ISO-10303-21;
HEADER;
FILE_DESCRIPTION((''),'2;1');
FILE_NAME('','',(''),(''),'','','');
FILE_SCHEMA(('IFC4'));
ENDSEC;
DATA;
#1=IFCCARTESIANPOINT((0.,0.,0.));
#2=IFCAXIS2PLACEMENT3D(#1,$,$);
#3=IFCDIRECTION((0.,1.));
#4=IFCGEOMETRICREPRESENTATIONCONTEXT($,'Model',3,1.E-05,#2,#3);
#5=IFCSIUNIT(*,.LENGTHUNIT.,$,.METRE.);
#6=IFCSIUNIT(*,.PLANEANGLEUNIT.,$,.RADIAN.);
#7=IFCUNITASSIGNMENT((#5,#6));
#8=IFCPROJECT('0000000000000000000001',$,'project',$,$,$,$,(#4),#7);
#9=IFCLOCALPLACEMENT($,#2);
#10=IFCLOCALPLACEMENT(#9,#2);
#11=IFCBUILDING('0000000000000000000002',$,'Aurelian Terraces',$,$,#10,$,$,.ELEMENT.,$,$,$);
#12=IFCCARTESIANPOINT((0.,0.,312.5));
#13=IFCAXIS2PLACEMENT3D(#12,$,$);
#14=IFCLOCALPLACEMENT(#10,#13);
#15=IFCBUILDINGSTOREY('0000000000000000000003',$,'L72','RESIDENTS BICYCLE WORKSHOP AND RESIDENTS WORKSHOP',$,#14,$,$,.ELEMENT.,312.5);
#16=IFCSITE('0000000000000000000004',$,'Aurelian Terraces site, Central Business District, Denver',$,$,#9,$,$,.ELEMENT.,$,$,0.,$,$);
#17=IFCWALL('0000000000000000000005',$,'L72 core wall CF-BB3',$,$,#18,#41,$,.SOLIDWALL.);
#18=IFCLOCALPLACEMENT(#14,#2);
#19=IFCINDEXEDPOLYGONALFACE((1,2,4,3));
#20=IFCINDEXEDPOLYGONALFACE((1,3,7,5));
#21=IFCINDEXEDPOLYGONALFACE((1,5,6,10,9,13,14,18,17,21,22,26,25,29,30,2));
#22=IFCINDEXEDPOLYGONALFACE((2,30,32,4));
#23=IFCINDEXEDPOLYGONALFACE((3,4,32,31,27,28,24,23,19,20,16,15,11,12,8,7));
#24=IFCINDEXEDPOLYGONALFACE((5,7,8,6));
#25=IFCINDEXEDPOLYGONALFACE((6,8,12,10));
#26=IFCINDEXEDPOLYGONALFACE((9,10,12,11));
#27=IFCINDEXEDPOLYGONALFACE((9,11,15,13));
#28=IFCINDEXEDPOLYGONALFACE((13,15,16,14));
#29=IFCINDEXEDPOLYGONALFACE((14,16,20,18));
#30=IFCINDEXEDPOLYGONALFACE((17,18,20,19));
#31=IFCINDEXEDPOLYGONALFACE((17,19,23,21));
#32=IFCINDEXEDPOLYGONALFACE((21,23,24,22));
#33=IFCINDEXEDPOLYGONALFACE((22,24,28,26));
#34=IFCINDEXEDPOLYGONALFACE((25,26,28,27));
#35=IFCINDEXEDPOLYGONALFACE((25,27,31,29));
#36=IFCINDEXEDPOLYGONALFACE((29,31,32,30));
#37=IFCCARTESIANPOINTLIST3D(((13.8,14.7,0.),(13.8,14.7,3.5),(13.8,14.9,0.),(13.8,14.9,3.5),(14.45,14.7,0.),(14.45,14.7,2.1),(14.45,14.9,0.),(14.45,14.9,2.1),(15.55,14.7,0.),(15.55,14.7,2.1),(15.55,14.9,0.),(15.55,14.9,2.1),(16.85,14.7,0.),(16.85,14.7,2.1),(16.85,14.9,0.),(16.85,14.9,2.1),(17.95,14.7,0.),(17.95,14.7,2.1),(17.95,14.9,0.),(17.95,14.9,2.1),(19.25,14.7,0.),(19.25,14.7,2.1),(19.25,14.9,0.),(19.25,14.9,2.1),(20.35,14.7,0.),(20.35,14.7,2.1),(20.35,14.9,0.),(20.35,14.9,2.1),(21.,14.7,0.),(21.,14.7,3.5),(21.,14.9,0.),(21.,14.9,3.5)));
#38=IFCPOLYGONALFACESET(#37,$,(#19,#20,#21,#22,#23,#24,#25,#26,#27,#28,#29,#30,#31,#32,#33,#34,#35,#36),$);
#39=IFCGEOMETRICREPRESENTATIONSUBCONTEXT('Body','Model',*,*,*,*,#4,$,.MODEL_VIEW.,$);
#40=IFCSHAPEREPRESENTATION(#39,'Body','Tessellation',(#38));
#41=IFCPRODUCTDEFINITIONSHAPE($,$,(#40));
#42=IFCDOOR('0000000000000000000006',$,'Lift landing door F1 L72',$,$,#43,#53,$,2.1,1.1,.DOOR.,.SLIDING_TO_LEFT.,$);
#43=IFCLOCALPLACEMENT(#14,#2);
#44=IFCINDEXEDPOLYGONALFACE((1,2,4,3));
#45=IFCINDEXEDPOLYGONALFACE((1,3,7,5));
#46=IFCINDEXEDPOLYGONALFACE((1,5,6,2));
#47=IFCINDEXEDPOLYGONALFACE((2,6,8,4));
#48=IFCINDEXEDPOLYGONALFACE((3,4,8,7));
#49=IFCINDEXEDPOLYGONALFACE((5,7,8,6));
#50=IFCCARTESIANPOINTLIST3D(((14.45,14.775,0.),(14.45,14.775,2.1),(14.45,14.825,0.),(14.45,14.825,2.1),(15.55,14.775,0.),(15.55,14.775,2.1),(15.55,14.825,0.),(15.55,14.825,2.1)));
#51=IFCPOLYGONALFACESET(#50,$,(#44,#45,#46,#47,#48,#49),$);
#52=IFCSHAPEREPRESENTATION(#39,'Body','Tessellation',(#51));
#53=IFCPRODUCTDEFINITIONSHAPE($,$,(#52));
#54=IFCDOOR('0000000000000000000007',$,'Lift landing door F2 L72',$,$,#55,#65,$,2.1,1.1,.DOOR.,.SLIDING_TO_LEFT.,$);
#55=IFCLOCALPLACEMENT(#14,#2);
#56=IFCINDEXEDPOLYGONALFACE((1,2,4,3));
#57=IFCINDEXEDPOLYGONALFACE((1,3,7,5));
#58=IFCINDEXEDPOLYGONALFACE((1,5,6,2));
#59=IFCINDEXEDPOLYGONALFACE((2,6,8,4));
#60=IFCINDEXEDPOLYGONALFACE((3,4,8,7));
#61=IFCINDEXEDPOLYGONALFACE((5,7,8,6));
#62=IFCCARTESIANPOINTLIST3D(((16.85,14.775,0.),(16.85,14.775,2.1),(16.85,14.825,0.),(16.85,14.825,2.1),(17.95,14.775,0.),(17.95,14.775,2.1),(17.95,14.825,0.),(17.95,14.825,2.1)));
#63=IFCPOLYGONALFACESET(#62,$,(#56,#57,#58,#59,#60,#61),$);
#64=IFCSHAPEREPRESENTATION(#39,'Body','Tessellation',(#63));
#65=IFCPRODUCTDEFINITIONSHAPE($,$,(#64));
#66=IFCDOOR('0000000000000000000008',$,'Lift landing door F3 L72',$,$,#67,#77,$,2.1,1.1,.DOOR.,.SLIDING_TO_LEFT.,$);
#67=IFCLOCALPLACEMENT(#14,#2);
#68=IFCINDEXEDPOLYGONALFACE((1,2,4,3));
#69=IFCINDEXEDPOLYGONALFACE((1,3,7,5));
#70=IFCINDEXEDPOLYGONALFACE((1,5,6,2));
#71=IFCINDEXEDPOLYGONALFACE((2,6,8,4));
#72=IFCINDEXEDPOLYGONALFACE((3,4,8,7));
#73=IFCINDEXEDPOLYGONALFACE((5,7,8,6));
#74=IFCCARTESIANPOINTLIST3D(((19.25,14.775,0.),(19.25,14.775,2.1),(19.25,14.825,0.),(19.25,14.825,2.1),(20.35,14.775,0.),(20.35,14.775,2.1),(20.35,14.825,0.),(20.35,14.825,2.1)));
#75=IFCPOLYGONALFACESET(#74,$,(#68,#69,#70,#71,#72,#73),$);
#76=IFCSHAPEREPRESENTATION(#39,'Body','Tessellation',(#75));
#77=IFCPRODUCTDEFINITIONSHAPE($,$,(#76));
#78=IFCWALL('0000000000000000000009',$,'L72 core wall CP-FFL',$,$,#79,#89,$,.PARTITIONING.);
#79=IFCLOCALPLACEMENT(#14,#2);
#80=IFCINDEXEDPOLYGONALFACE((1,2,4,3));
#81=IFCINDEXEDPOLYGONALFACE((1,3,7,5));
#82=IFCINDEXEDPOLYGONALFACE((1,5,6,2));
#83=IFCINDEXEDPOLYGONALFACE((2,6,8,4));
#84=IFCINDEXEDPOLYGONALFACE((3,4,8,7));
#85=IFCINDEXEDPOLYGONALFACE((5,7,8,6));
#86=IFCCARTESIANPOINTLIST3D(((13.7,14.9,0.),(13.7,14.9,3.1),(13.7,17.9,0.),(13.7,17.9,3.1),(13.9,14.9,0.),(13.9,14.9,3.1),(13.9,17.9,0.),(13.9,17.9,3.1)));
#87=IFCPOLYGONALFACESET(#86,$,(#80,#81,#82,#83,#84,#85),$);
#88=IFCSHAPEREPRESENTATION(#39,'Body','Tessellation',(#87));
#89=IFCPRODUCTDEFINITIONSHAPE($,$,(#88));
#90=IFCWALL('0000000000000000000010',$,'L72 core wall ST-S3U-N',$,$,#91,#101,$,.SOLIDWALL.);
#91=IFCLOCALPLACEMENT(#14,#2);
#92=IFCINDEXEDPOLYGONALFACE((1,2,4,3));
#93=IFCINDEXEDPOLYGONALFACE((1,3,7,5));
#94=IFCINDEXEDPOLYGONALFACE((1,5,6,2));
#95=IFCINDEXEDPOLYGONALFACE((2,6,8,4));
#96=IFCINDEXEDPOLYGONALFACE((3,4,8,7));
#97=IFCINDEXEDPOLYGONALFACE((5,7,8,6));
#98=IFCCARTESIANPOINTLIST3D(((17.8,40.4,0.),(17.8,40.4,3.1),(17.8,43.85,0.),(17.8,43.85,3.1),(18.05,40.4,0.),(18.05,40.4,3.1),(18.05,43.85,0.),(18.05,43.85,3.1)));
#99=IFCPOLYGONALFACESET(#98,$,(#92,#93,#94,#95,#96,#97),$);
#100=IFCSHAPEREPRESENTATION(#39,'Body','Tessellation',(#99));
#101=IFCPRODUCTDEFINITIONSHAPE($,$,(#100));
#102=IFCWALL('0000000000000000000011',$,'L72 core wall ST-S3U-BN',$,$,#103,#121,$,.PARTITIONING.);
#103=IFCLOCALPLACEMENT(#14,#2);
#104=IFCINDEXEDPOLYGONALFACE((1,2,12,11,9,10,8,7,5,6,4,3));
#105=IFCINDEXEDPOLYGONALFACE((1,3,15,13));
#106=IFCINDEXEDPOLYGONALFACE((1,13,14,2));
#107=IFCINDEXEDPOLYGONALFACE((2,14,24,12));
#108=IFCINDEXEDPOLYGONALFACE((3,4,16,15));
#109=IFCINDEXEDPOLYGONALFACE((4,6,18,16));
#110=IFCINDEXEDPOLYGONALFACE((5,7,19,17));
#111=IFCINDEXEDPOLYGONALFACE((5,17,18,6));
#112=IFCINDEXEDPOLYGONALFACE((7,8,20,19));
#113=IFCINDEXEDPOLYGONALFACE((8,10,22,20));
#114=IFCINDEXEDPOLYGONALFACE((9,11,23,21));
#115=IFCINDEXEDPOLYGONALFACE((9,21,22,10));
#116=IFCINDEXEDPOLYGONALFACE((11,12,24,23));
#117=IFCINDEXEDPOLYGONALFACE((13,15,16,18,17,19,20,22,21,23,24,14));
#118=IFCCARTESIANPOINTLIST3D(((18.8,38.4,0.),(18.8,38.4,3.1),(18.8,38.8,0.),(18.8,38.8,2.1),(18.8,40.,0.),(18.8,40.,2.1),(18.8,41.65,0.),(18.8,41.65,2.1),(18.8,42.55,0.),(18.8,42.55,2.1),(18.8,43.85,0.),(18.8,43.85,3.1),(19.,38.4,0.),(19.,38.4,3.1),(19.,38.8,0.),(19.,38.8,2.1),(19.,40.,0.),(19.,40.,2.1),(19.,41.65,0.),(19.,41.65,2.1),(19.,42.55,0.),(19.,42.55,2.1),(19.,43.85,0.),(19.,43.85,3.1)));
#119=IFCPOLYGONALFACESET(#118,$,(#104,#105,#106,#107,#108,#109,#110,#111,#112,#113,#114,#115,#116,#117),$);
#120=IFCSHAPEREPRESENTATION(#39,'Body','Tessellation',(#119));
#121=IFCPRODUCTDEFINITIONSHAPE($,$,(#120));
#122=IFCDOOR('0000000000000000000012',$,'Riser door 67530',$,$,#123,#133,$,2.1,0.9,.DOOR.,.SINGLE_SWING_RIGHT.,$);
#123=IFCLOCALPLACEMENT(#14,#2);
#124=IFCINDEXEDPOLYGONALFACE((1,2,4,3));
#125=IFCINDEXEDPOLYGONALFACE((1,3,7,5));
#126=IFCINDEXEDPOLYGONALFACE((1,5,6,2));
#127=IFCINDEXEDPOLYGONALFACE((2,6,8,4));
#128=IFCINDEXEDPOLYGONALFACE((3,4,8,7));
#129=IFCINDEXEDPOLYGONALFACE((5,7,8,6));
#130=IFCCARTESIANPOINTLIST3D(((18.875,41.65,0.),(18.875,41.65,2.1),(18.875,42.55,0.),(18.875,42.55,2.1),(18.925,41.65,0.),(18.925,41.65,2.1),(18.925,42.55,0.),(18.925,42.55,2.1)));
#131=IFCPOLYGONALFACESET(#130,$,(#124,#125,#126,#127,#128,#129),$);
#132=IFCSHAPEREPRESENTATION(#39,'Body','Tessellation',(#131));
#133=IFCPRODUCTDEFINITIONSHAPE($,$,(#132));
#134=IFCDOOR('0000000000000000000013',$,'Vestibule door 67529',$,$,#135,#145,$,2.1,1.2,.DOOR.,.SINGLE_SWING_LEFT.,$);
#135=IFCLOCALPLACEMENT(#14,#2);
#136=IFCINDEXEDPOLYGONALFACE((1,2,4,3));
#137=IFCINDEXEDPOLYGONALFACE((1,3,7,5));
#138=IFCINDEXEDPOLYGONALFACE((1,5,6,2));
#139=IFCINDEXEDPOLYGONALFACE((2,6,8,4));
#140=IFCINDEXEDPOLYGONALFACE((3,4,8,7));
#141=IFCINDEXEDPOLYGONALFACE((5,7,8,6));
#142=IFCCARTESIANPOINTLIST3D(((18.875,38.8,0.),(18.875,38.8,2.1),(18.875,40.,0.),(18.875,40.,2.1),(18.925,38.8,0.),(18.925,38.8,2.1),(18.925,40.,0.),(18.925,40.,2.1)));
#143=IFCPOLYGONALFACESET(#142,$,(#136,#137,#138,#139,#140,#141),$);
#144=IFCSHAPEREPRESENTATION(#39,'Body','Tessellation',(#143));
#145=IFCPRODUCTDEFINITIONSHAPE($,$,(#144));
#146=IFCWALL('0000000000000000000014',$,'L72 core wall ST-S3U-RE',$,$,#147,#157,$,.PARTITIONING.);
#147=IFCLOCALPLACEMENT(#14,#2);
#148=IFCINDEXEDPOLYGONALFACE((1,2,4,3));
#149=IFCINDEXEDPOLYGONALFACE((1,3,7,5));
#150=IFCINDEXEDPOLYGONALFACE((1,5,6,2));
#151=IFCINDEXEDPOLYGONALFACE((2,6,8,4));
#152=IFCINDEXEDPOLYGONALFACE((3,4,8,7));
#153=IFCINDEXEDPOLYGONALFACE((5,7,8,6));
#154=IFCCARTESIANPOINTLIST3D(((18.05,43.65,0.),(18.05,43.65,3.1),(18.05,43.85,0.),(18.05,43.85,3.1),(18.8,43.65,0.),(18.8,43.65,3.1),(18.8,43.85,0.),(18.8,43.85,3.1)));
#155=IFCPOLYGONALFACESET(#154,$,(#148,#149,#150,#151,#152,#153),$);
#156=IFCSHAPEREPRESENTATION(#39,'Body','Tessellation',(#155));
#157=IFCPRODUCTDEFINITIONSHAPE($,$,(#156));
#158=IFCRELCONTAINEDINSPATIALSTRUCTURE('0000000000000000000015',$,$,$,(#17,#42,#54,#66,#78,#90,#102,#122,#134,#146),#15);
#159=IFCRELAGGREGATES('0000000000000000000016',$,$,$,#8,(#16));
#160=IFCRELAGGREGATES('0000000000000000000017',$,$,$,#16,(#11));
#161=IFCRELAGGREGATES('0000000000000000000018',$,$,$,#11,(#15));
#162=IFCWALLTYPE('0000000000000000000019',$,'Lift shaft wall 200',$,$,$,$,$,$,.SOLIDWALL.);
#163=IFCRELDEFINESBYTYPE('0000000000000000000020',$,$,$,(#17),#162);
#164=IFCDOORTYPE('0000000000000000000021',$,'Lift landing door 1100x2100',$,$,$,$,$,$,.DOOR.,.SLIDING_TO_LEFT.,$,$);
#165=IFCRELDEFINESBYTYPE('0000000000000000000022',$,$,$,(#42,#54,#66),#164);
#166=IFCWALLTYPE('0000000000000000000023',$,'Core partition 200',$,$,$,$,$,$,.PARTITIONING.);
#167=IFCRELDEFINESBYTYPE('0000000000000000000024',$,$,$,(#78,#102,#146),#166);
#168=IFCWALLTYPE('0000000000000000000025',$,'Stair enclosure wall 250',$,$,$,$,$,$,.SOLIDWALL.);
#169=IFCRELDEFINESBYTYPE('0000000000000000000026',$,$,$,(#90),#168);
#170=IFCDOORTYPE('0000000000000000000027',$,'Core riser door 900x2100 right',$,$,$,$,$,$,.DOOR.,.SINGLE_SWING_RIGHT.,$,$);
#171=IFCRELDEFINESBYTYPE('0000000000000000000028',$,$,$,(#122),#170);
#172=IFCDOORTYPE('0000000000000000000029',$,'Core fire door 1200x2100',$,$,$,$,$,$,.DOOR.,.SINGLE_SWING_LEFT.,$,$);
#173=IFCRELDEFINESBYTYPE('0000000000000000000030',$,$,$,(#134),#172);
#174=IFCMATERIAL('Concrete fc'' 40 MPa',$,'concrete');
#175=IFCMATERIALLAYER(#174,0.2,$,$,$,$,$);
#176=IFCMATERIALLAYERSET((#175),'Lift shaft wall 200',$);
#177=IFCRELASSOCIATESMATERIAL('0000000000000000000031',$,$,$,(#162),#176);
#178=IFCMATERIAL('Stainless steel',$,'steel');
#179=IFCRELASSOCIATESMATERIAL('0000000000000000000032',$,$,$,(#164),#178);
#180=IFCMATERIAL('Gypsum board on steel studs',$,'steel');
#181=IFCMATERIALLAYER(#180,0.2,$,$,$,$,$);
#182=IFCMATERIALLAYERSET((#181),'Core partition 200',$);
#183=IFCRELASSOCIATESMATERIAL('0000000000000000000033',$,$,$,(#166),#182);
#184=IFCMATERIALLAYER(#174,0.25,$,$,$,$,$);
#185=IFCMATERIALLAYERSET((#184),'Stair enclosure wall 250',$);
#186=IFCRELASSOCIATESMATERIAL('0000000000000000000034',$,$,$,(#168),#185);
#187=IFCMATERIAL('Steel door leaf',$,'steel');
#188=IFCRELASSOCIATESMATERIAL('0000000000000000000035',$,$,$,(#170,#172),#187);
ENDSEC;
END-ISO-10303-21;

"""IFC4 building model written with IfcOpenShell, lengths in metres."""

from ifc_helpers import new_model, si_unit, direction, frame, frame_2d, origin, place, context, subcontext, project, spatial, rectangle, extrude, source, transform, mapped, material, layer, layer_set, type_object, element, fill, save


model = new_model("IFC4")

# Units and contexts
model_context = context("Model", 3, precision=1e-05, world=origin(), true_north=direction((0.0, 1.0)))
body_context = subcontext(model_context, "Body", "Model", "MODEL_VIEW")
ifc_project = project(units=[si_unit("LENGTHUNIT", "METRE"), si_unit("PLANEANGLEUNIT", "RADIAN")], contexts=[model_context])

# Site, building, storey
site_placement = place(None, origin())
site = spatial("IfcSite", under=ifc_project, at=site_placement, Name="Aurelian Terraces site, Central Business District, Denver", CompositionType="ELEMENT", RefElevation=0.0)
building_placement = place(site_placement, origin())
building = spatial("IfcBuilding", under=site, at=building_placement, Name="Aurelian Terraces", CompositionType="ELEMENT")
storey_placement = place(building_placement, frame((0.0, 0.0, 312.5)))
storey = spatial("IfcBuildingStorey", under=building, at=storey_placement, Name="L72", Description="RESIDENTS BICYCLE WORKSHOP AND RESIDENTS WORKSHOP", CompositionType="ELEMENT", Elevation=312.5)

# Shared definitions
ifc_material_1 = material(Name="Concrete fc' 40 MPa", Category="concrete")
ifc_layer_1 = layer(ifc_material_1, 0.2)
ifc_layer_set_1 = layer_set([ifc_layer_1], Name="Lift shaft wall 200")
wall_type_1 = type_object("IfcWallType", Name="Lift shaft wall 200", PredefinedType="SOLIDWALL", material=ifc_layer_set_1)

# Wall, openings, doors
shared_shape_1 = source(origin(), body_context, "Body", "SweptSolid", [
    extrude(rectangle(XDim=7.2, YDim=0.2, at=frame_2d((3.6, 0.0))), origin(), (0.0, 0.0, 1.0), 3.5),
])
wall_1_placement = place(storey_placement, frame((13.8, 14.8, 0.0), z_axis=(0.0, 0.0, 1.0), x_axis=(1.0, 0.0, 0.0)))
wall_1 = element("IfcWall", 1, at=wall_1_placement, inside=storey, type_object=wall_type_1, Name="L72 core wall CF-BB3", PredefinedType="SOLIDWALL", context=body_context, shape_type="MappedRepresentation", body=[
    mapped(shared_shape_1, transform((0.0, 0.0, 0.0), scale=1.0)),
])
shared_shape_2 = source(origin(), body_context, "Body", "SweptSolid", [
    extrude(rectangle(XDim=1.1, YDim=2.1, at=frame_2d((0.55, 1.05))), frame((0.0, 0.11, 0.0), z_axis=(0.0, -1.0, 0.0), x_axis=(1.0, 0.0, 0.0)), (0.0, 0.0, 1.0), 0.22),
])
opening_1_placement = place(wall_1_placement, frame((0.65, 0.0, 0.0)))
opening_1 = element("IfcOpeningElement", 2, at=opening_1_placement, cuts=wall_1, PredefinedType="OPENING", context=body_context, shape_type="MappedRepresentation", body=[
    mapped(shared_shape_2, transform((0.0, 0.0, 0.0), scale=1.0)),
])
opening_2_placement = place(wall_1_placement, frame((3.05, 0.0, 0.0)))
opening_2 = element("IfcOpeningElement", 3, at=opening_2_placement, cuts=wall_1, PredefinedType="OPENING", context=body_context, shape_type="MappedRepresentation", body=[
    mapped(shared_shape_2, transform((0.0, 0.0, 0.0), scale=1.0)),
])
opening_3_placement = place(wall_1_placement, frame((5.45, 0.0, 0.0)))
opening_3 = element("IfcOpeningElement", 4, at=opening_3_placement, cuts=wall_1, PredefinedType="OPENING", context=body_context, shape_type="MappedRepresentation", body=[
    mapped(shared_shape_2, transform((0.0, 0.0, 0.0), scale=1.0)),
])
ifc_material_2 = material(Name="Stainless steel", Category="steel")
door_type_1 = type_object("IfcDoorType", Name="Lift landing door 1100x2100", OperationType="SLIDING_TO_LEFT", PredefinedType="DOOR", material=ifc_material_2)
shared_shape_3 = source(origin(), body_context, "Body", "SweptSolid", [
    extrude(rectangle(XDim=1.1, YDim=2.1, at=frame_2d((0.55, 1.05))), frame((0.0, 0.025, 0.0), z_axis=(0.0, -1.0, 0.0), x_axis=(1.0, 0.0, 0.0)), (0.0, 0.0, 1.0), 0.05),
])
door_1_placement = place(opening_1_placement, origin())
door_1 = element("IfcDoor", 5, at=door_1_placement, inside=storey, type_object=door_type_1, Name="Lift landing door F1 L72", OperationType="SLIDING_TO_LEFT", OverallHeight=2.1, OverallWidth=1.1, PredefinedType="DOOR", context=body_context, shape_type="MappedRepresentation", body=[
    mapped(shared_shape_3, transform((0.0, 0.0, 0.0), scale=1.0)),
])
fill(opening_1, door_1)
door_2_placement = place(opening_2_placement, origin())
door_2 = element("IfcDoor", 6, at=door_2_placement, inside=storey, type_object=door_type_1, Name="Lift landing door F2 L72", OperationType="SLIDING_TO_LEFT", OverallHeight=2.1, OverallWidth=1.1, PredefinedType="DOOR", context=body_context, shape_type="MappedRepresentation", body=[
    mapped(shared_shape_3, transform((0.0, 0.0, 0.0), scale=1.0)),
])
fill(opening_2, door_2)
door_3_placement = place(opening_3_placement, origin())
door_3 = element("IfcDoor", 7, at=door_3_placement, inside=storey, type_object=door_type_1, Name="Lift landing door F3 L72", OperationType="SLIDING_TO_LEFT", OverallHeight=2.1, OverallWidth=1.1, PredefinedType="DOOR", context=body_context, shape_type="MappedRepresentation", body=[
    mapped(shared_shape_3, transform((0.0, 0.0, 0.0), scale=1.0)),
])
fill(opening_3, door_3)

# Walls
ifc_material_3 = material(Name="Gypsum board on steel studs", Category="steel")
ifc_layer_2 = layer(ifc_material_3, 0.2)
ifc_layer_set_2 = layer_set([ifc_layer_2], Name="Core partition 200")
wall_type_2 = type_object("IfcWallType", Name="Core partition 200", PredefinedType="PARTITIONING", material=ifc_layer_set_2)
shared_shape_4 = source(origin(), body_context, "Body", "SweptSolid", [
    extrude(rectangle(XDim=3.0, YDim=0.2, at=frame_2d((1.5, 0.0))), origin(), (0.0, 0.0, 1.0), 3.1),
])
wall_2_placement = place(storey_placement, frame((13.8, 14.9, 0.0), z_axis=(0.0, 0.0, 1.0), x_axis=(0.0, 1.0, 0.0)))
element("IfcWall", 8, at=wall_2_placement, inside=storey, type_object=wall_type_2, Name="L72 core wall CP-FFL", PredefinedType="PARTITIONING", context=body_context, shape_type="MappedRepresentation", body=[
    mapped(shared_shape_4, transform((0.0, 0.0, 0.0), scale=1.0)),
])
ifc_layer_3 = layer(ifc_material_1, 0.25)
ifc_layer_set_3 = layer_set([ifc_layer_3], Name="Stair enclosure wall 250")
wall_type_3 = type_object("IfcWallType", Name="Stair enclosure wall 250", PredefinedType="SOLIDWALL", material=ifc_layer_set_3)
shared_shape_5 = source(origin(), body_context, "Body", "SweptSolid", [
    extrude(rectangle(XDim=3.45, YDim=0.25, at=frame_2d((1.725, 0.0))), origin(), (0.0, 0.0, 1.0), 3.1),
])
wall_3_placement = place(storey_placement, frame((17.925, 40.4, 0.0), z_axis=(0.0, 0.0, 1.0), x_axis=(0.0, 1.0, 0.0)))
element("IfcWall", 9, at=wall_3_placement, inside=storey, type_object=wall_type_3, Name="L72 core wall ST-S3U-N", PredefinedType="SOLIDWALL", context=body_context, shape_type="MappedRepresentation", body=[
    mapped(shared_shape_5, transform((0.0, 0.0, 0.0), scale=1.0)),
])

# Wall, openings, doors
shared_shape_6 = source(origin(), body_context, "Body", "SweptSolid", [
    extrude(rectangle(XDim=5.45, YDim=0.2, at=frame_2d((2.725, 0.0))), origin(), (0.0, 0.0, 1.0), 3.1),
])
wall_4_placement = place(storey_placement, frame((18.9, 38.4, 0.0), z_axis=(0.0, 0.0, 1.0), x_axis=(0.0, 1.0, 0.0)))
wall_4 = element("IfcWall", 10, at=wall_4_placement, inside=storey, type_object=wall_type_2, Name="L72 core wall ST-S3U-BN", PredefinedType="PARTITIONING", context=body_context, shape_type="MappedRepresentation", body=[
    mapped(shared_shape_6, transform((0.0, 0.0, 0.0), scale=1.0)),
])
shared_shape_7 = source(origin(), body_context, "Body", "SweptSolid", [
    extrude(rectangle(XDim=1.2, YDim=2.1, at=frame_2d((0.6, 1.05))), frame((0.0, 0.11, 0.0), z_axis=(0.0, -1.0, 0.0), x_axis=(1.0, 0.0, 0.0)), (0.0, 0.0, 1.0), 0.22),
])
opening_4_placement = place(wall_4_placement, frame((0.4, 0.0, 0.0)))
opening_4 = element("IfcOpeningElement", 11, at=opening_4_placement, cuts=wall_4, PredefinedType="OPENING", context=body_context, shape_type="MappedRepresentation", body=[
    mapped(shared_shape_7, transform((0.0, 0.0, 0.0), scale=1.0)),
])
shared_shape_8 = source(origin(), body_context, "Body", "SweptSolid", [
    extrude(rectangle(XDim=0.9, YDim=2.1, at=frame_2d((0.45, 1.05))), frame((0.0, 0.11, 0.0), z_axis=(0.0, -1.0, 0.0), x_axis=(1.0, 0.0, 0.0)), (0.0, 0.0, 1.0), 0.22),
])
opening_5_placement = place(wall_4_placement, frame((3.25, 0.0, 0.0)))
opening_5 = element("IfcOpeningElement", 12, at=opening_5_placement, cuts=wall_4, PredefinedType="OPENING", context=body_context, shape_type="MappedRepresentation", body=[
    mapped(shared_shape_8, transform((0.0, 0.0, 0.0), scale=1.0)),
])
ifc_material_4 = material(Name="Steel door leaf", Category="steel")
door_type_2 = type_object("IfcDoorType", Name="Core riser door 900x2100 right", OperationType="SINGLE_SWING_RIGHT", PredefinedType="DOOR", material=ifc_material_4)
shared_shape_9 = source(origin(), body_context, "Body", "SweptSolid", [
    extrude(rectangle(XDim=0.9, YDim=2.1, at=frame_2d((0.45, 1.05))), frame((0.0, 0.025, 0.0), z_axis=(0.0, -1.0, 0.0), x_axis=(1.0, 0.0, 0.0)), (0.0, 0.0, 1.0), 0.05),
])
door_4_placement = place(opening_5_placement, origin())
door_4 = element("IfcDoor", 13, at=door_4_placement, inside=storey, type_object=door_type_2, Name="Riser door 67530", OperationType="SINGLE_SWING_RIGHT", OverallHeight=2.1, OverallWidth=0.9, PredefinedType="DOOR", context=body_context, shape_type="MappedRepresentation", body=[
    mapped(shared_shape_9, transform((0.0, 0.0, 0.0), scale=1.0)),
])
fill(opening_5, door_4)
door_type_3 = type_object("IfcDoorType", Name="Core fire door 1200x2100", OperationType="SINGLE_SWING_LEFT", PredefinedType="DOOR", material=ifc_material_4)
shared_shape_10 = source(origin(), body_context, "Body", "SweptSolid", [
    extrude(rectangle(XDim=1.2, YDim=2.1, at=frame_2d((0.6, 1.05))), frame((0.0, 0.025, 0.0), z_axis=(0.0, -1.0, 0.0), x_axis=(1.0, 0.0, 0.0)), (0.0, 0.0, 1.0), 0.05),
])
door_5_placement = place(opening_4_placement, origin())
door_5 = element("IfcDoor", 14, at=door_5_placement, inside=storey, type_object=door_type_3, Name="Vestibule door 67529", OperationType="SINGLE_SWING_LEFT", OverallHeight=2.1, OverallWidth=1.2, PredefinedType="DOOR", context=body_context, shape_type="MappedRepresentation", body=[
    mapped(shared_shape_10, transform((0.0, 0.0, 0.0), scale=1.0)),
])
fill(opening_4, door_5)

# Wall
shared_shape_11 = source(origin(), body_context, "Body", "SweptSolid", [
    extrude(rectangle(XDim=0.75, YDim=0.2, at=frame_2d((0.375, 0.0))), origin(), (0.0, 0.0, 1.0), 3.1),
])
wall_5_placement = place(storey_placement, frame((18.05, 43.75, 0.0), z_axis=(0.0, 0.0, 1.0), x_axis=(1.0, 0.0, 0.0)))
element("IfcWall", 15, at=wall_5_placement, inside=storey, type_object=wall_type_2, Name="L72 core wall ST-S3U-RE", PredefinedType="PARTITIONING", context=body_context, shape_type="MappedRepresentation", body=[
    mapped(shared_shape_11, transform((0.0, 0.0, 0.0), scale=1.0)),
])

save(model, "model.ifc")
